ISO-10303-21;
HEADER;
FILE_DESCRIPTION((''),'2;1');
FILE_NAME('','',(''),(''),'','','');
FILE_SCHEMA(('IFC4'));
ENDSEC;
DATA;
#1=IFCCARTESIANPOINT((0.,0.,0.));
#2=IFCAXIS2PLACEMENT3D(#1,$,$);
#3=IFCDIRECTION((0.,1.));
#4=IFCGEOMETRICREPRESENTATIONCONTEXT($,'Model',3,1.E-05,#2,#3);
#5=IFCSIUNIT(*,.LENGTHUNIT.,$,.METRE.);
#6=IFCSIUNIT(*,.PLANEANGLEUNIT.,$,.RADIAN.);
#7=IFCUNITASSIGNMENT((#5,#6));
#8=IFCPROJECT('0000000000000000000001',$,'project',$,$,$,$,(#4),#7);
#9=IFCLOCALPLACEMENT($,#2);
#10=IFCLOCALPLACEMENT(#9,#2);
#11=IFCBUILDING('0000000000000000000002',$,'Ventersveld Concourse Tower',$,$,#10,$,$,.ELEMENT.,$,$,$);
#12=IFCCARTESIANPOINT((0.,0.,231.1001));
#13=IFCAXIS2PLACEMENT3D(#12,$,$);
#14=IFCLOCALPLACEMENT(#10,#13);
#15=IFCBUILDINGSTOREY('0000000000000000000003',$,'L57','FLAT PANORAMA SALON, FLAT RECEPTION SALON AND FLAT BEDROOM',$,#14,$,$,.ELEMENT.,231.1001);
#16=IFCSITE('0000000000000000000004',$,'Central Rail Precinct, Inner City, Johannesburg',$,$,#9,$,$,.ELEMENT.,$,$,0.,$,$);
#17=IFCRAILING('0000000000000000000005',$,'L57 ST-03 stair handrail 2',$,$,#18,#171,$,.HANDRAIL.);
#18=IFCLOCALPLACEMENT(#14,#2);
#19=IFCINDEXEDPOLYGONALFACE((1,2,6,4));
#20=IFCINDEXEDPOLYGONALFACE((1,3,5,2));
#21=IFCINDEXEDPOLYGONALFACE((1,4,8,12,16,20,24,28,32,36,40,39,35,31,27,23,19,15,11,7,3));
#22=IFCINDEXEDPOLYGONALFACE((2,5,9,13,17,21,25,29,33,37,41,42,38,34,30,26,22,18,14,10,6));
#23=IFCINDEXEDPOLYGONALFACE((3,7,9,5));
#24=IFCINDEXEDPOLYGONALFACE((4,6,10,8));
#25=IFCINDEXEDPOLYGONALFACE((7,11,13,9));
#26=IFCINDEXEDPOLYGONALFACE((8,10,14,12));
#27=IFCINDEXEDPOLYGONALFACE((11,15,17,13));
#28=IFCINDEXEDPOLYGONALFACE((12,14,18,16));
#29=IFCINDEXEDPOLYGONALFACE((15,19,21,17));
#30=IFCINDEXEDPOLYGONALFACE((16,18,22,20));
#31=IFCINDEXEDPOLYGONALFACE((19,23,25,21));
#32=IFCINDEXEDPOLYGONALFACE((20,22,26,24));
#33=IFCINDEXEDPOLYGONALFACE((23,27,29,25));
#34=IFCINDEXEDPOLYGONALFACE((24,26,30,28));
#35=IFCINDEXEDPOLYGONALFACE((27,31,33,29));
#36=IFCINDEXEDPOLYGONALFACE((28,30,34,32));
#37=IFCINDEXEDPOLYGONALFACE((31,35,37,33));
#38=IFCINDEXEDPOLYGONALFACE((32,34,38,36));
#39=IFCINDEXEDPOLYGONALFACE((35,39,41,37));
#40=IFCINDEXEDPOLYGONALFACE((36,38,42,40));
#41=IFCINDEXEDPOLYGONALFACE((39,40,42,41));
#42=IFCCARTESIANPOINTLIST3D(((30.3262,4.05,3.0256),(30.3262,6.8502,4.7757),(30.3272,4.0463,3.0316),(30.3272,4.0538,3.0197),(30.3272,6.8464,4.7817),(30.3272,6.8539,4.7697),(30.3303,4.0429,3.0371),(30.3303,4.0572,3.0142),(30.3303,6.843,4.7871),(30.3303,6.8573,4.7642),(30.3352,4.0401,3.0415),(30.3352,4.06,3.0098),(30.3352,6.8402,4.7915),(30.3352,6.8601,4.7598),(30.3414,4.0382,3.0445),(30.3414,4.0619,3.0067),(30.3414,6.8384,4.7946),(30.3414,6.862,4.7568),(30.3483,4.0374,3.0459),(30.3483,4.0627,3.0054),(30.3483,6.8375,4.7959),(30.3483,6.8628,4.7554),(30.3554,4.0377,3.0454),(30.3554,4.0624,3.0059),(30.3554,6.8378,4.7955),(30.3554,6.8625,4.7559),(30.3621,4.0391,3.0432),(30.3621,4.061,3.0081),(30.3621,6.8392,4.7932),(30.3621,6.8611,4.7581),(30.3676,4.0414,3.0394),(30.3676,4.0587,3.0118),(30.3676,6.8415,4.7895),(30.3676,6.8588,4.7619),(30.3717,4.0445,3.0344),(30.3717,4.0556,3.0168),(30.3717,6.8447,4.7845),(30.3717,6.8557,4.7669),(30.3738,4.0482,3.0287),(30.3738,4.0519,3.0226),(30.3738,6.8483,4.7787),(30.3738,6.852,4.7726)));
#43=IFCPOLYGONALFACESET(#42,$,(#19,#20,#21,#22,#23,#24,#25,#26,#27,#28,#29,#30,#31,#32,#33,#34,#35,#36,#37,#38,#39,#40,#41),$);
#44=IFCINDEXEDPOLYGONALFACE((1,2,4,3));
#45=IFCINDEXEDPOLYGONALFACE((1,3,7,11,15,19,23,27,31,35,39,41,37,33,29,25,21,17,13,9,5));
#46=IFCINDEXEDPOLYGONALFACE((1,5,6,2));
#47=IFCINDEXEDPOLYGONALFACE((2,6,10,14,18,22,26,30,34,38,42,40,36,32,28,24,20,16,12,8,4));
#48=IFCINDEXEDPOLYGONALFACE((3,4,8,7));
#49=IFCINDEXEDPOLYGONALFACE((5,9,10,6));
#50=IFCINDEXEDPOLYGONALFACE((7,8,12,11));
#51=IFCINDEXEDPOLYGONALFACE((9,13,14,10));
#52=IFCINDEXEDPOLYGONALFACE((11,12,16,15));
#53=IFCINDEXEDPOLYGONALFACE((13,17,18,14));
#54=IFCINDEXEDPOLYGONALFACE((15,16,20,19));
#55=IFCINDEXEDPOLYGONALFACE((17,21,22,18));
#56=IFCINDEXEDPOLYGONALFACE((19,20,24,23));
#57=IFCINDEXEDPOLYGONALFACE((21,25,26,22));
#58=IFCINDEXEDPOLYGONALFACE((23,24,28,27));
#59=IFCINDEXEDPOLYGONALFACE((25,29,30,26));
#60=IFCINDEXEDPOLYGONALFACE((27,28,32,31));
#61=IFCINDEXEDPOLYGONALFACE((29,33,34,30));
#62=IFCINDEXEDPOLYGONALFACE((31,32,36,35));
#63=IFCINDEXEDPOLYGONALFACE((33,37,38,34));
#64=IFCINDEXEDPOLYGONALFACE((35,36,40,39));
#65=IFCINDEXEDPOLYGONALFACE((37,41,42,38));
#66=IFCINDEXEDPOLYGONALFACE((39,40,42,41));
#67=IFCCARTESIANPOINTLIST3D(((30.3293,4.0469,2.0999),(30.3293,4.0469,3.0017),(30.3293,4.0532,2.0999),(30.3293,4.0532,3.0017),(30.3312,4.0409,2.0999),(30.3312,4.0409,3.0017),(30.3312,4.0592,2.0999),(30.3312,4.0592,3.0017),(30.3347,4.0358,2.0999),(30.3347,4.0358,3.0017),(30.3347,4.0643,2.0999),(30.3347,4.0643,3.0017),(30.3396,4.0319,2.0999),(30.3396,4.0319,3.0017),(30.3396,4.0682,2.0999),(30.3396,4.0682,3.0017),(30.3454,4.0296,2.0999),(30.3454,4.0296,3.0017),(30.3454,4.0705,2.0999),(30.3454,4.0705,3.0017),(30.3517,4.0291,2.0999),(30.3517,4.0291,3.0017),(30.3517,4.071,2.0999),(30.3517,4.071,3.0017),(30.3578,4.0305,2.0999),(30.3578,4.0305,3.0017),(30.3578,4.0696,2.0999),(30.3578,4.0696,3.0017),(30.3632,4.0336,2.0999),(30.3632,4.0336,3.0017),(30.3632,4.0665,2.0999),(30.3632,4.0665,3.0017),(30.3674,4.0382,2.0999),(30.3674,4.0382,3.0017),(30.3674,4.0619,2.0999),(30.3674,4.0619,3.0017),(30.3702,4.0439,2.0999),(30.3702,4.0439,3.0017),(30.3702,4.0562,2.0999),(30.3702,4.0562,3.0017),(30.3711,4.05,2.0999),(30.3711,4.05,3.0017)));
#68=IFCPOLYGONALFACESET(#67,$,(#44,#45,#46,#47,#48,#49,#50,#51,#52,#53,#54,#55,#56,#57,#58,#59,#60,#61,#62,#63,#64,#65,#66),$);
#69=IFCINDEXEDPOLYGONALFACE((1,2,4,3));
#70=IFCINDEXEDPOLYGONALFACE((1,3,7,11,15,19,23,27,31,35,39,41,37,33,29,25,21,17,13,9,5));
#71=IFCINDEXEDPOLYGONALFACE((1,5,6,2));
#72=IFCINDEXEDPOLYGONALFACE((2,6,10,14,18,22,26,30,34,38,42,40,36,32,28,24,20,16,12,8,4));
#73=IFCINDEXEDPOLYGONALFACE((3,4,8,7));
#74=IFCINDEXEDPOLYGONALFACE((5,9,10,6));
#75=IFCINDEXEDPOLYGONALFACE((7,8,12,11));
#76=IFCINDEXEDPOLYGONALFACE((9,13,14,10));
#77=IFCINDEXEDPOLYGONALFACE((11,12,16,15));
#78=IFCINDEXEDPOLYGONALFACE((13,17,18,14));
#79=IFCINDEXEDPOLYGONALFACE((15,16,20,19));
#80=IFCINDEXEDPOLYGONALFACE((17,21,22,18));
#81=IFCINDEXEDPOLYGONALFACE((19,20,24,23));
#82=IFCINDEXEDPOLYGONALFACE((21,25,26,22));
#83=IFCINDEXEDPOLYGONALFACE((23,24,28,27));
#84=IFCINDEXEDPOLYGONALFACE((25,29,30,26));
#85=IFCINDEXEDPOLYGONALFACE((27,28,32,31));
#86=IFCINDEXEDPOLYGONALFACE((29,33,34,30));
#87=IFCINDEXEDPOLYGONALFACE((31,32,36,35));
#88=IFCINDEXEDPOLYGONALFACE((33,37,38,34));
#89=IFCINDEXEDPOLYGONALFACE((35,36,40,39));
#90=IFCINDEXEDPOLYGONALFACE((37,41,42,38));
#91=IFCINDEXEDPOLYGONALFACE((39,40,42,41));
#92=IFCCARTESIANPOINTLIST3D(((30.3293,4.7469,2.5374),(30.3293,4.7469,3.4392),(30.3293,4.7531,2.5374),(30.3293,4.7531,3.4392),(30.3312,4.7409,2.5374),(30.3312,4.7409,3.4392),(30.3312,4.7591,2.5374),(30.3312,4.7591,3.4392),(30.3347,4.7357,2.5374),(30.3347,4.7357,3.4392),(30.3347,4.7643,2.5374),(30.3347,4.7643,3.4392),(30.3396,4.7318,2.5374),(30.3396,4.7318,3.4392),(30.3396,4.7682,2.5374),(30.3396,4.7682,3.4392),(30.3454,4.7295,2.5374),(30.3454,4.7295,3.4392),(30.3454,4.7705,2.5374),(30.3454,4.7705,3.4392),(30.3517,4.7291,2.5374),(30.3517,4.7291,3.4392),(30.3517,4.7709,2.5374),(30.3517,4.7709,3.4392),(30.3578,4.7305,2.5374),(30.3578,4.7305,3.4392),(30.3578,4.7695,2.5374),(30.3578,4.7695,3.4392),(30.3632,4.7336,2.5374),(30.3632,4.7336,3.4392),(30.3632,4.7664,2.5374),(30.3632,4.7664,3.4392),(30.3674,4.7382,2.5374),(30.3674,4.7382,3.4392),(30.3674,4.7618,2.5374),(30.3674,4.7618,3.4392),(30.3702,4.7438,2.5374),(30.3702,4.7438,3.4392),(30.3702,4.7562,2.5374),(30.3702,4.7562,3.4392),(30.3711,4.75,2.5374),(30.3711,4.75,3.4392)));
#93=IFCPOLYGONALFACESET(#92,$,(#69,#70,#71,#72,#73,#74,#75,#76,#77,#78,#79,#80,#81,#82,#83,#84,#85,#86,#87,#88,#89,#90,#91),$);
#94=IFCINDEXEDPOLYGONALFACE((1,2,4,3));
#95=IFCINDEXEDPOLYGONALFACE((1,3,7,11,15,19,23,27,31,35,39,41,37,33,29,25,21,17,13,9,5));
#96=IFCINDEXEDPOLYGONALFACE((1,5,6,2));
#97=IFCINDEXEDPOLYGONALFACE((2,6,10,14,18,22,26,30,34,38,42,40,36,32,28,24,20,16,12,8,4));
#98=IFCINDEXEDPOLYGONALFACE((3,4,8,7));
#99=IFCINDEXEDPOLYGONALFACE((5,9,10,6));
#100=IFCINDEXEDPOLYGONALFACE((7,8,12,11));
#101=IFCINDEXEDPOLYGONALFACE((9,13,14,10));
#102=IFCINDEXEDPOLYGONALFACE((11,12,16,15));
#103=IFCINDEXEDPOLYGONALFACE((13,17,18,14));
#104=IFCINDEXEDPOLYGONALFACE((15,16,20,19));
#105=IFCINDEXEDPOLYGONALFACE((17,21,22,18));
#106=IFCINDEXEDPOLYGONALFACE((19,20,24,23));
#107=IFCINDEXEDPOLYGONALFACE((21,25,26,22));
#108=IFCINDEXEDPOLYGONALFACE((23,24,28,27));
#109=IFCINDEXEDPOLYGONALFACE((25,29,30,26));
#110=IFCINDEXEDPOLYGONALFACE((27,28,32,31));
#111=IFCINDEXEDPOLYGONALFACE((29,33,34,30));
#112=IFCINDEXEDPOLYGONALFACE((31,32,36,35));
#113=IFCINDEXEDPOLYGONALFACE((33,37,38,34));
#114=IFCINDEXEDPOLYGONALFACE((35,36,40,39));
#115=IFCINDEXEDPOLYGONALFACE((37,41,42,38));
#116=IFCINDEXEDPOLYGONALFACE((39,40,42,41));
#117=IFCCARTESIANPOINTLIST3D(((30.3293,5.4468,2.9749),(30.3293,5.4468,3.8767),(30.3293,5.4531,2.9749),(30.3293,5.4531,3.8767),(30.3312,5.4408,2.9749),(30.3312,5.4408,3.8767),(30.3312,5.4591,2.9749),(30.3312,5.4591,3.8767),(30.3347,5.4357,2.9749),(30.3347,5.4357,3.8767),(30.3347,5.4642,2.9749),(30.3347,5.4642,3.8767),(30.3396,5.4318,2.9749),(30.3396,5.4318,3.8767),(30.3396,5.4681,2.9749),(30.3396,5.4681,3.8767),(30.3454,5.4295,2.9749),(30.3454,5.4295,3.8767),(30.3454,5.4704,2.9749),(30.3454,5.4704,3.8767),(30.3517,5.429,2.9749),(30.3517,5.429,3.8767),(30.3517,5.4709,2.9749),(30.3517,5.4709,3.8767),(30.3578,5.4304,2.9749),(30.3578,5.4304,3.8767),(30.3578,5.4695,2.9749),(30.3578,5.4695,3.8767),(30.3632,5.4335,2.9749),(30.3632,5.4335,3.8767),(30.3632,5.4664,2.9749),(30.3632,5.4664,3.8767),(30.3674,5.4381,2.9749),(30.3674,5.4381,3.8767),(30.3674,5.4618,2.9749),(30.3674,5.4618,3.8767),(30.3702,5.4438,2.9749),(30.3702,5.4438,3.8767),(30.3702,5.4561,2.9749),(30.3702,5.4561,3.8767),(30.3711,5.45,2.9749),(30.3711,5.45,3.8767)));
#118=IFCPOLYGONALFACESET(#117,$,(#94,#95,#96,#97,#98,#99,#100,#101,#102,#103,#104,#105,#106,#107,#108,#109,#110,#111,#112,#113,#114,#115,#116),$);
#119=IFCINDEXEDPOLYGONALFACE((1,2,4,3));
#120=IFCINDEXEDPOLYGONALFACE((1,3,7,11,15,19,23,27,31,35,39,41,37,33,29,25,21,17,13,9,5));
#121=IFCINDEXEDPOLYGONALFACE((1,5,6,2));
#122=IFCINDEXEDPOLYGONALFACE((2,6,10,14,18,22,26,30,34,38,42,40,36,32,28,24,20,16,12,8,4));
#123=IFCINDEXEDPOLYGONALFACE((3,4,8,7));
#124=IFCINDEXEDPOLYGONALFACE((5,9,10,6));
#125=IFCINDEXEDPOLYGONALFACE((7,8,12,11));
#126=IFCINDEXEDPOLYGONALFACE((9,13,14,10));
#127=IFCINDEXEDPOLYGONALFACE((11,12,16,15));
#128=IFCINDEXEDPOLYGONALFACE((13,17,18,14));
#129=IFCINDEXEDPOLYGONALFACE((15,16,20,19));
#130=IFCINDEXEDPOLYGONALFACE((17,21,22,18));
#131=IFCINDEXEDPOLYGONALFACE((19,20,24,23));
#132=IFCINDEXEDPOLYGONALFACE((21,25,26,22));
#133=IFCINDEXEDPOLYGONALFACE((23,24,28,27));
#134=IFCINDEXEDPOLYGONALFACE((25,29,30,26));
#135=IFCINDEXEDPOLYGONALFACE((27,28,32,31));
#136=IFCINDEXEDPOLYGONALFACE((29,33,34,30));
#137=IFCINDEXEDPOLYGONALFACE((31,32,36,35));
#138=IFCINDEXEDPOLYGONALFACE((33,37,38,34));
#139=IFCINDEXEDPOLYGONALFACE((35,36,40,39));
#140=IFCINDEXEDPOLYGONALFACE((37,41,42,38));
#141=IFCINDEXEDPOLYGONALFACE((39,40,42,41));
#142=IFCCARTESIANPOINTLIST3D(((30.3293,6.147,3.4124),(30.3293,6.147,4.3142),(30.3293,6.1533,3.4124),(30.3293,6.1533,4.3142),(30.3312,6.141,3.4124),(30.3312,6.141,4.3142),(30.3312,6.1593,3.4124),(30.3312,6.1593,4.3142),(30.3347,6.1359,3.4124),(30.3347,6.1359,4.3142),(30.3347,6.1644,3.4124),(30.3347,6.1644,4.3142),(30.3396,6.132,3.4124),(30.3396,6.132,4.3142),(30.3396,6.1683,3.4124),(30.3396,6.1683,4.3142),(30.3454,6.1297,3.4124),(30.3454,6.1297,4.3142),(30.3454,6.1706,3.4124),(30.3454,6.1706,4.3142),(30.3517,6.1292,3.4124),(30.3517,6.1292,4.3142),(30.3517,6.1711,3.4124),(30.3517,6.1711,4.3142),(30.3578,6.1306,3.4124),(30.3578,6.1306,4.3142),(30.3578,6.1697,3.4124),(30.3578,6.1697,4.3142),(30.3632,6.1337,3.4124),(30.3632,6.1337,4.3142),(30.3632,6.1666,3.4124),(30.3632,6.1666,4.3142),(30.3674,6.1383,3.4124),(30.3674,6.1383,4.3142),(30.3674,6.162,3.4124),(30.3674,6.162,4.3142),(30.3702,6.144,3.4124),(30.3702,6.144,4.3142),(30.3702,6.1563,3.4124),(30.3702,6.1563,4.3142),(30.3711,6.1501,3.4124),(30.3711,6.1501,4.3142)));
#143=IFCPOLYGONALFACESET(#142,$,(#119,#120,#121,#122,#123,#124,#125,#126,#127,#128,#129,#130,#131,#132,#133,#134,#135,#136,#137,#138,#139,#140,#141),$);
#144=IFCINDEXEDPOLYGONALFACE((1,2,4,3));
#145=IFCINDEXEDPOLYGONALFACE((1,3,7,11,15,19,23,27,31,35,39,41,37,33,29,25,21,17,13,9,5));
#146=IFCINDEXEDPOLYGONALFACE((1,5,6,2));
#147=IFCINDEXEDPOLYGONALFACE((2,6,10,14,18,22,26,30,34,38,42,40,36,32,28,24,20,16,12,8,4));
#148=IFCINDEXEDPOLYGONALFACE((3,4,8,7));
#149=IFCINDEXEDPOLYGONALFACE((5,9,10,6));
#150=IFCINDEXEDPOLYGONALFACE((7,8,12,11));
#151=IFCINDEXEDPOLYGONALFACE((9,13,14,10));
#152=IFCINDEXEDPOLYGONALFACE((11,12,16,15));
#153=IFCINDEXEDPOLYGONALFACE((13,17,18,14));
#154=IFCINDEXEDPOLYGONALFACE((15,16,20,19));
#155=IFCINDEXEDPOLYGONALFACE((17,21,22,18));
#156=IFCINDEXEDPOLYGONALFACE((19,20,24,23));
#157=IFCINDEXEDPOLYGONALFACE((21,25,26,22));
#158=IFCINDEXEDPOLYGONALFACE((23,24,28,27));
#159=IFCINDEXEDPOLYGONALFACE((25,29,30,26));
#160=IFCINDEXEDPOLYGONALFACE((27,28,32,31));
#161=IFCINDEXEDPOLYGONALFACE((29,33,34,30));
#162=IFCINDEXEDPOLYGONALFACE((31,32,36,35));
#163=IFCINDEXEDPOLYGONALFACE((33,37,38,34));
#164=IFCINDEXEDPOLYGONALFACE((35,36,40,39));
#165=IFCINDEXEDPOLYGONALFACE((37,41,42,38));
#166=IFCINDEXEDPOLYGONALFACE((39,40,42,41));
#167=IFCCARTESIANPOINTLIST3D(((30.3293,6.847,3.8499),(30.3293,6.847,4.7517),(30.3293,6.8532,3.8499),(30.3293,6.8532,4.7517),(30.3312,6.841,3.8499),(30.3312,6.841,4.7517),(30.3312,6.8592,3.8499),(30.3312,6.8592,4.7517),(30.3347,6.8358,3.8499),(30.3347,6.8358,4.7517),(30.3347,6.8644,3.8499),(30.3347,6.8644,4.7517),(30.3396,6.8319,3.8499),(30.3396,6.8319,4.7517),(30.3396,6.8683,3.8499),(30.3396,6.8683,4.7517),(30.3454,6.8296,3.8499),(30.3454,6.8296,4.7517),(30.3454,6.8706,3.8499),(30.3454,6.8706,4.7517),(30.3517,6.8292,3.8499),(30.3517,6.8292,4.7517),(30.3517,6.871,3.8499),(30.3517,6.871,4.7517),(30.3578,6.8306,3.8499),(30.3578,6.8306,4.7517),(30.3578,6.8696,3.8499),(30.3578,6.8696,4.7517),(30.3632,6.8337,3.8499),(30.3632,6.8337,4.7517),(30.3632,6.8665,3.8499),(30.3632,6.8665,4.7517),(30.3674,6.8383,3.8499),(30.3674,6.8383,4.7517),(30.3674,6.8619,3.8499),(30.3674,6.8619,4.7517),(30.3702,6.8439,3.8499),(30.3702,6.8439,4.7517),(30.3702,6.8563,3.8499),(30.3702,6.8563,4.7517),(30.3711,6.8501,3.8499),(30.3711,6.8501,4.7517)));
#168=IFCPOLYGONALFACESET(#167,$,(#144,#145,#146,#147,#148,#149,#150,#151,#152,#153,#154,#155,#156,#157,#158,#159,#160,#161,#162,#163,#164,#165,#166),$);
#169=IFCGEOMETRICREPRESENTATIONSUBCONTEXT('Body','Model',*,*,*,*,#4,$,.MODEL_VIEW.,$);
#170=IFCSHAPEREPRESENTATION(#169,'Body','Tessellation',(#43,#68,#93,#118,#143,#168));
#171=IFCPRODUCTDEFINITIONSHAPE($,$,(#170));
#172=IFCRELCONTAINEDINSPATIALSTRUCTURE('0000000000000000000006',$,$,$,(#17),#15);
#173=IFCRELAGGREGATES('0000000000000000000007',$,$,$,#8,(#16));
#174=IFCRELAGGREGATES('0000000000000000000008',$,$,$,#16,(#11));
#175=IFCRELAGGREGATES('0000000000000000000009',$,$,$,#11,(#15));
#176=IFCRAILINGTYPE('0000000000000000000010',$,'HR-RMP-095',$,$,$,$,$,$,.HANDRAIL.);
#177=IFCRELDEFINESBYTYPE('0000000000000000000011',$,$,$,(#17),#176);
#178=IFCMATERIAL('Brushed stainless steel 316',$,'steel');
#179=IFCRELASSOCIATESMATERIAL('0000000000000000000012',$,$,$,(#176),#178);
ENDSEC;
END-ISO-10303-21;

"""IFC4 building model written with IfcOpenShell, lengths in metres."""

from ifc_helpers import new_model, si_unit, direction, frame, origin, origin_2d, place, context, subcontext, project, spatial, circle, extrude, material, type_object, element, save


model = new_model("IFC4")

# Units and contexts
model_context = context("Model", 3, precision=1e-05, world=origin(), true_north=direction((0.0, 1.0)))
body_context = subcontext(model_context, "Body", "Model", "MODEL_VIEW")
ifc_project = project(units=[si_unit("LENGTHUNIT", "METRE"), si_unit("PLANEANGLEUNIT", "RADIAN")], contexts=[model_context])

# Site, building, storey
site_placement = place(None, origin())
site = spatial("IfcSite", under=ifc_project, at=site_placement, Name="Central Rail Precinct, Inner City, Johannesburg", CompositionType="ELEMENT", RefElevation=0.0)
building_placement = place(site_placement, origin())
building = spatial("IfcBuilding", under=site, at=building_placement, Name="Ventersveld Concourse Tower", CompositionType="ELEMENT")
storey_placement = place(building_placement, frame((0.0, 0.0, 231.1001)))
storey = spatial("IfcBuildingStorey", under=building, at=storey_placement, Name="L57", Description="FLAT PANORAMA SALON, FLAT RECEPTION SALON AND FLAT BEDROOM", CompositionType="ELEMENT", Elevation=231.1001)

# Railing
ifc_material_1 = material(Name="Brushed stainless steel 316", Category="steel")
railing_type_1 = type_object("IfcRailingType", Name="HR-RMP-095", PredefinedType="HANDRAIL", material=ifc_material_1)
railing_1_placement = place(storey_placement, frame((30.3501, 4.05, 2.0999)))
element("IfcRailing", 1, at=railing_1_placement, inside=storey, type_object=railing_type_1, Name="L57 ST-03 stair handrail 2", PredefinedType="HANDRAIL", context=body_context, shape_type="SweptSolid", body=[
    extrude(circle(Radius=0.0239, at=origin_2d()), frame((0.0, 0.0, 0.9258), z_axis=(0.0, 0.848002, 0.529992), x_axis=(-1.0, 0.0, 0.0)), (0.0, 0.0, 1.0), 3.302),
    extrude(circle(Radius=0.021, at=origin_2d()), origin(), (0.0, 0.0, 1.0), 0.9019),
    extrude(circle(Radius=0.021, at=origin_2d()), frame((0.0, 0.7, 0.4375)), (0.0, 0.0, 1.0), 0.9019),
    extrude(circle(Radius=0.021, at=origin_2d()), frame((0.0, 1.3999, 0.875)), (0.0, 0.0, 1.0), 0.9019),
    extrude(circle(Radius=0.021, at=origin_2d()), frame((0.0, 2.1001, 1.3125)), (0.0, 0.0, 1.0), 0.9019),
    extrude(circle(Radius=0.021, at=origin_2d()), frame((0.0, 2.8, 1.75)), (0.0, 0.0, 1.0), 0.9019),
])

save(model, "model.ifc")
